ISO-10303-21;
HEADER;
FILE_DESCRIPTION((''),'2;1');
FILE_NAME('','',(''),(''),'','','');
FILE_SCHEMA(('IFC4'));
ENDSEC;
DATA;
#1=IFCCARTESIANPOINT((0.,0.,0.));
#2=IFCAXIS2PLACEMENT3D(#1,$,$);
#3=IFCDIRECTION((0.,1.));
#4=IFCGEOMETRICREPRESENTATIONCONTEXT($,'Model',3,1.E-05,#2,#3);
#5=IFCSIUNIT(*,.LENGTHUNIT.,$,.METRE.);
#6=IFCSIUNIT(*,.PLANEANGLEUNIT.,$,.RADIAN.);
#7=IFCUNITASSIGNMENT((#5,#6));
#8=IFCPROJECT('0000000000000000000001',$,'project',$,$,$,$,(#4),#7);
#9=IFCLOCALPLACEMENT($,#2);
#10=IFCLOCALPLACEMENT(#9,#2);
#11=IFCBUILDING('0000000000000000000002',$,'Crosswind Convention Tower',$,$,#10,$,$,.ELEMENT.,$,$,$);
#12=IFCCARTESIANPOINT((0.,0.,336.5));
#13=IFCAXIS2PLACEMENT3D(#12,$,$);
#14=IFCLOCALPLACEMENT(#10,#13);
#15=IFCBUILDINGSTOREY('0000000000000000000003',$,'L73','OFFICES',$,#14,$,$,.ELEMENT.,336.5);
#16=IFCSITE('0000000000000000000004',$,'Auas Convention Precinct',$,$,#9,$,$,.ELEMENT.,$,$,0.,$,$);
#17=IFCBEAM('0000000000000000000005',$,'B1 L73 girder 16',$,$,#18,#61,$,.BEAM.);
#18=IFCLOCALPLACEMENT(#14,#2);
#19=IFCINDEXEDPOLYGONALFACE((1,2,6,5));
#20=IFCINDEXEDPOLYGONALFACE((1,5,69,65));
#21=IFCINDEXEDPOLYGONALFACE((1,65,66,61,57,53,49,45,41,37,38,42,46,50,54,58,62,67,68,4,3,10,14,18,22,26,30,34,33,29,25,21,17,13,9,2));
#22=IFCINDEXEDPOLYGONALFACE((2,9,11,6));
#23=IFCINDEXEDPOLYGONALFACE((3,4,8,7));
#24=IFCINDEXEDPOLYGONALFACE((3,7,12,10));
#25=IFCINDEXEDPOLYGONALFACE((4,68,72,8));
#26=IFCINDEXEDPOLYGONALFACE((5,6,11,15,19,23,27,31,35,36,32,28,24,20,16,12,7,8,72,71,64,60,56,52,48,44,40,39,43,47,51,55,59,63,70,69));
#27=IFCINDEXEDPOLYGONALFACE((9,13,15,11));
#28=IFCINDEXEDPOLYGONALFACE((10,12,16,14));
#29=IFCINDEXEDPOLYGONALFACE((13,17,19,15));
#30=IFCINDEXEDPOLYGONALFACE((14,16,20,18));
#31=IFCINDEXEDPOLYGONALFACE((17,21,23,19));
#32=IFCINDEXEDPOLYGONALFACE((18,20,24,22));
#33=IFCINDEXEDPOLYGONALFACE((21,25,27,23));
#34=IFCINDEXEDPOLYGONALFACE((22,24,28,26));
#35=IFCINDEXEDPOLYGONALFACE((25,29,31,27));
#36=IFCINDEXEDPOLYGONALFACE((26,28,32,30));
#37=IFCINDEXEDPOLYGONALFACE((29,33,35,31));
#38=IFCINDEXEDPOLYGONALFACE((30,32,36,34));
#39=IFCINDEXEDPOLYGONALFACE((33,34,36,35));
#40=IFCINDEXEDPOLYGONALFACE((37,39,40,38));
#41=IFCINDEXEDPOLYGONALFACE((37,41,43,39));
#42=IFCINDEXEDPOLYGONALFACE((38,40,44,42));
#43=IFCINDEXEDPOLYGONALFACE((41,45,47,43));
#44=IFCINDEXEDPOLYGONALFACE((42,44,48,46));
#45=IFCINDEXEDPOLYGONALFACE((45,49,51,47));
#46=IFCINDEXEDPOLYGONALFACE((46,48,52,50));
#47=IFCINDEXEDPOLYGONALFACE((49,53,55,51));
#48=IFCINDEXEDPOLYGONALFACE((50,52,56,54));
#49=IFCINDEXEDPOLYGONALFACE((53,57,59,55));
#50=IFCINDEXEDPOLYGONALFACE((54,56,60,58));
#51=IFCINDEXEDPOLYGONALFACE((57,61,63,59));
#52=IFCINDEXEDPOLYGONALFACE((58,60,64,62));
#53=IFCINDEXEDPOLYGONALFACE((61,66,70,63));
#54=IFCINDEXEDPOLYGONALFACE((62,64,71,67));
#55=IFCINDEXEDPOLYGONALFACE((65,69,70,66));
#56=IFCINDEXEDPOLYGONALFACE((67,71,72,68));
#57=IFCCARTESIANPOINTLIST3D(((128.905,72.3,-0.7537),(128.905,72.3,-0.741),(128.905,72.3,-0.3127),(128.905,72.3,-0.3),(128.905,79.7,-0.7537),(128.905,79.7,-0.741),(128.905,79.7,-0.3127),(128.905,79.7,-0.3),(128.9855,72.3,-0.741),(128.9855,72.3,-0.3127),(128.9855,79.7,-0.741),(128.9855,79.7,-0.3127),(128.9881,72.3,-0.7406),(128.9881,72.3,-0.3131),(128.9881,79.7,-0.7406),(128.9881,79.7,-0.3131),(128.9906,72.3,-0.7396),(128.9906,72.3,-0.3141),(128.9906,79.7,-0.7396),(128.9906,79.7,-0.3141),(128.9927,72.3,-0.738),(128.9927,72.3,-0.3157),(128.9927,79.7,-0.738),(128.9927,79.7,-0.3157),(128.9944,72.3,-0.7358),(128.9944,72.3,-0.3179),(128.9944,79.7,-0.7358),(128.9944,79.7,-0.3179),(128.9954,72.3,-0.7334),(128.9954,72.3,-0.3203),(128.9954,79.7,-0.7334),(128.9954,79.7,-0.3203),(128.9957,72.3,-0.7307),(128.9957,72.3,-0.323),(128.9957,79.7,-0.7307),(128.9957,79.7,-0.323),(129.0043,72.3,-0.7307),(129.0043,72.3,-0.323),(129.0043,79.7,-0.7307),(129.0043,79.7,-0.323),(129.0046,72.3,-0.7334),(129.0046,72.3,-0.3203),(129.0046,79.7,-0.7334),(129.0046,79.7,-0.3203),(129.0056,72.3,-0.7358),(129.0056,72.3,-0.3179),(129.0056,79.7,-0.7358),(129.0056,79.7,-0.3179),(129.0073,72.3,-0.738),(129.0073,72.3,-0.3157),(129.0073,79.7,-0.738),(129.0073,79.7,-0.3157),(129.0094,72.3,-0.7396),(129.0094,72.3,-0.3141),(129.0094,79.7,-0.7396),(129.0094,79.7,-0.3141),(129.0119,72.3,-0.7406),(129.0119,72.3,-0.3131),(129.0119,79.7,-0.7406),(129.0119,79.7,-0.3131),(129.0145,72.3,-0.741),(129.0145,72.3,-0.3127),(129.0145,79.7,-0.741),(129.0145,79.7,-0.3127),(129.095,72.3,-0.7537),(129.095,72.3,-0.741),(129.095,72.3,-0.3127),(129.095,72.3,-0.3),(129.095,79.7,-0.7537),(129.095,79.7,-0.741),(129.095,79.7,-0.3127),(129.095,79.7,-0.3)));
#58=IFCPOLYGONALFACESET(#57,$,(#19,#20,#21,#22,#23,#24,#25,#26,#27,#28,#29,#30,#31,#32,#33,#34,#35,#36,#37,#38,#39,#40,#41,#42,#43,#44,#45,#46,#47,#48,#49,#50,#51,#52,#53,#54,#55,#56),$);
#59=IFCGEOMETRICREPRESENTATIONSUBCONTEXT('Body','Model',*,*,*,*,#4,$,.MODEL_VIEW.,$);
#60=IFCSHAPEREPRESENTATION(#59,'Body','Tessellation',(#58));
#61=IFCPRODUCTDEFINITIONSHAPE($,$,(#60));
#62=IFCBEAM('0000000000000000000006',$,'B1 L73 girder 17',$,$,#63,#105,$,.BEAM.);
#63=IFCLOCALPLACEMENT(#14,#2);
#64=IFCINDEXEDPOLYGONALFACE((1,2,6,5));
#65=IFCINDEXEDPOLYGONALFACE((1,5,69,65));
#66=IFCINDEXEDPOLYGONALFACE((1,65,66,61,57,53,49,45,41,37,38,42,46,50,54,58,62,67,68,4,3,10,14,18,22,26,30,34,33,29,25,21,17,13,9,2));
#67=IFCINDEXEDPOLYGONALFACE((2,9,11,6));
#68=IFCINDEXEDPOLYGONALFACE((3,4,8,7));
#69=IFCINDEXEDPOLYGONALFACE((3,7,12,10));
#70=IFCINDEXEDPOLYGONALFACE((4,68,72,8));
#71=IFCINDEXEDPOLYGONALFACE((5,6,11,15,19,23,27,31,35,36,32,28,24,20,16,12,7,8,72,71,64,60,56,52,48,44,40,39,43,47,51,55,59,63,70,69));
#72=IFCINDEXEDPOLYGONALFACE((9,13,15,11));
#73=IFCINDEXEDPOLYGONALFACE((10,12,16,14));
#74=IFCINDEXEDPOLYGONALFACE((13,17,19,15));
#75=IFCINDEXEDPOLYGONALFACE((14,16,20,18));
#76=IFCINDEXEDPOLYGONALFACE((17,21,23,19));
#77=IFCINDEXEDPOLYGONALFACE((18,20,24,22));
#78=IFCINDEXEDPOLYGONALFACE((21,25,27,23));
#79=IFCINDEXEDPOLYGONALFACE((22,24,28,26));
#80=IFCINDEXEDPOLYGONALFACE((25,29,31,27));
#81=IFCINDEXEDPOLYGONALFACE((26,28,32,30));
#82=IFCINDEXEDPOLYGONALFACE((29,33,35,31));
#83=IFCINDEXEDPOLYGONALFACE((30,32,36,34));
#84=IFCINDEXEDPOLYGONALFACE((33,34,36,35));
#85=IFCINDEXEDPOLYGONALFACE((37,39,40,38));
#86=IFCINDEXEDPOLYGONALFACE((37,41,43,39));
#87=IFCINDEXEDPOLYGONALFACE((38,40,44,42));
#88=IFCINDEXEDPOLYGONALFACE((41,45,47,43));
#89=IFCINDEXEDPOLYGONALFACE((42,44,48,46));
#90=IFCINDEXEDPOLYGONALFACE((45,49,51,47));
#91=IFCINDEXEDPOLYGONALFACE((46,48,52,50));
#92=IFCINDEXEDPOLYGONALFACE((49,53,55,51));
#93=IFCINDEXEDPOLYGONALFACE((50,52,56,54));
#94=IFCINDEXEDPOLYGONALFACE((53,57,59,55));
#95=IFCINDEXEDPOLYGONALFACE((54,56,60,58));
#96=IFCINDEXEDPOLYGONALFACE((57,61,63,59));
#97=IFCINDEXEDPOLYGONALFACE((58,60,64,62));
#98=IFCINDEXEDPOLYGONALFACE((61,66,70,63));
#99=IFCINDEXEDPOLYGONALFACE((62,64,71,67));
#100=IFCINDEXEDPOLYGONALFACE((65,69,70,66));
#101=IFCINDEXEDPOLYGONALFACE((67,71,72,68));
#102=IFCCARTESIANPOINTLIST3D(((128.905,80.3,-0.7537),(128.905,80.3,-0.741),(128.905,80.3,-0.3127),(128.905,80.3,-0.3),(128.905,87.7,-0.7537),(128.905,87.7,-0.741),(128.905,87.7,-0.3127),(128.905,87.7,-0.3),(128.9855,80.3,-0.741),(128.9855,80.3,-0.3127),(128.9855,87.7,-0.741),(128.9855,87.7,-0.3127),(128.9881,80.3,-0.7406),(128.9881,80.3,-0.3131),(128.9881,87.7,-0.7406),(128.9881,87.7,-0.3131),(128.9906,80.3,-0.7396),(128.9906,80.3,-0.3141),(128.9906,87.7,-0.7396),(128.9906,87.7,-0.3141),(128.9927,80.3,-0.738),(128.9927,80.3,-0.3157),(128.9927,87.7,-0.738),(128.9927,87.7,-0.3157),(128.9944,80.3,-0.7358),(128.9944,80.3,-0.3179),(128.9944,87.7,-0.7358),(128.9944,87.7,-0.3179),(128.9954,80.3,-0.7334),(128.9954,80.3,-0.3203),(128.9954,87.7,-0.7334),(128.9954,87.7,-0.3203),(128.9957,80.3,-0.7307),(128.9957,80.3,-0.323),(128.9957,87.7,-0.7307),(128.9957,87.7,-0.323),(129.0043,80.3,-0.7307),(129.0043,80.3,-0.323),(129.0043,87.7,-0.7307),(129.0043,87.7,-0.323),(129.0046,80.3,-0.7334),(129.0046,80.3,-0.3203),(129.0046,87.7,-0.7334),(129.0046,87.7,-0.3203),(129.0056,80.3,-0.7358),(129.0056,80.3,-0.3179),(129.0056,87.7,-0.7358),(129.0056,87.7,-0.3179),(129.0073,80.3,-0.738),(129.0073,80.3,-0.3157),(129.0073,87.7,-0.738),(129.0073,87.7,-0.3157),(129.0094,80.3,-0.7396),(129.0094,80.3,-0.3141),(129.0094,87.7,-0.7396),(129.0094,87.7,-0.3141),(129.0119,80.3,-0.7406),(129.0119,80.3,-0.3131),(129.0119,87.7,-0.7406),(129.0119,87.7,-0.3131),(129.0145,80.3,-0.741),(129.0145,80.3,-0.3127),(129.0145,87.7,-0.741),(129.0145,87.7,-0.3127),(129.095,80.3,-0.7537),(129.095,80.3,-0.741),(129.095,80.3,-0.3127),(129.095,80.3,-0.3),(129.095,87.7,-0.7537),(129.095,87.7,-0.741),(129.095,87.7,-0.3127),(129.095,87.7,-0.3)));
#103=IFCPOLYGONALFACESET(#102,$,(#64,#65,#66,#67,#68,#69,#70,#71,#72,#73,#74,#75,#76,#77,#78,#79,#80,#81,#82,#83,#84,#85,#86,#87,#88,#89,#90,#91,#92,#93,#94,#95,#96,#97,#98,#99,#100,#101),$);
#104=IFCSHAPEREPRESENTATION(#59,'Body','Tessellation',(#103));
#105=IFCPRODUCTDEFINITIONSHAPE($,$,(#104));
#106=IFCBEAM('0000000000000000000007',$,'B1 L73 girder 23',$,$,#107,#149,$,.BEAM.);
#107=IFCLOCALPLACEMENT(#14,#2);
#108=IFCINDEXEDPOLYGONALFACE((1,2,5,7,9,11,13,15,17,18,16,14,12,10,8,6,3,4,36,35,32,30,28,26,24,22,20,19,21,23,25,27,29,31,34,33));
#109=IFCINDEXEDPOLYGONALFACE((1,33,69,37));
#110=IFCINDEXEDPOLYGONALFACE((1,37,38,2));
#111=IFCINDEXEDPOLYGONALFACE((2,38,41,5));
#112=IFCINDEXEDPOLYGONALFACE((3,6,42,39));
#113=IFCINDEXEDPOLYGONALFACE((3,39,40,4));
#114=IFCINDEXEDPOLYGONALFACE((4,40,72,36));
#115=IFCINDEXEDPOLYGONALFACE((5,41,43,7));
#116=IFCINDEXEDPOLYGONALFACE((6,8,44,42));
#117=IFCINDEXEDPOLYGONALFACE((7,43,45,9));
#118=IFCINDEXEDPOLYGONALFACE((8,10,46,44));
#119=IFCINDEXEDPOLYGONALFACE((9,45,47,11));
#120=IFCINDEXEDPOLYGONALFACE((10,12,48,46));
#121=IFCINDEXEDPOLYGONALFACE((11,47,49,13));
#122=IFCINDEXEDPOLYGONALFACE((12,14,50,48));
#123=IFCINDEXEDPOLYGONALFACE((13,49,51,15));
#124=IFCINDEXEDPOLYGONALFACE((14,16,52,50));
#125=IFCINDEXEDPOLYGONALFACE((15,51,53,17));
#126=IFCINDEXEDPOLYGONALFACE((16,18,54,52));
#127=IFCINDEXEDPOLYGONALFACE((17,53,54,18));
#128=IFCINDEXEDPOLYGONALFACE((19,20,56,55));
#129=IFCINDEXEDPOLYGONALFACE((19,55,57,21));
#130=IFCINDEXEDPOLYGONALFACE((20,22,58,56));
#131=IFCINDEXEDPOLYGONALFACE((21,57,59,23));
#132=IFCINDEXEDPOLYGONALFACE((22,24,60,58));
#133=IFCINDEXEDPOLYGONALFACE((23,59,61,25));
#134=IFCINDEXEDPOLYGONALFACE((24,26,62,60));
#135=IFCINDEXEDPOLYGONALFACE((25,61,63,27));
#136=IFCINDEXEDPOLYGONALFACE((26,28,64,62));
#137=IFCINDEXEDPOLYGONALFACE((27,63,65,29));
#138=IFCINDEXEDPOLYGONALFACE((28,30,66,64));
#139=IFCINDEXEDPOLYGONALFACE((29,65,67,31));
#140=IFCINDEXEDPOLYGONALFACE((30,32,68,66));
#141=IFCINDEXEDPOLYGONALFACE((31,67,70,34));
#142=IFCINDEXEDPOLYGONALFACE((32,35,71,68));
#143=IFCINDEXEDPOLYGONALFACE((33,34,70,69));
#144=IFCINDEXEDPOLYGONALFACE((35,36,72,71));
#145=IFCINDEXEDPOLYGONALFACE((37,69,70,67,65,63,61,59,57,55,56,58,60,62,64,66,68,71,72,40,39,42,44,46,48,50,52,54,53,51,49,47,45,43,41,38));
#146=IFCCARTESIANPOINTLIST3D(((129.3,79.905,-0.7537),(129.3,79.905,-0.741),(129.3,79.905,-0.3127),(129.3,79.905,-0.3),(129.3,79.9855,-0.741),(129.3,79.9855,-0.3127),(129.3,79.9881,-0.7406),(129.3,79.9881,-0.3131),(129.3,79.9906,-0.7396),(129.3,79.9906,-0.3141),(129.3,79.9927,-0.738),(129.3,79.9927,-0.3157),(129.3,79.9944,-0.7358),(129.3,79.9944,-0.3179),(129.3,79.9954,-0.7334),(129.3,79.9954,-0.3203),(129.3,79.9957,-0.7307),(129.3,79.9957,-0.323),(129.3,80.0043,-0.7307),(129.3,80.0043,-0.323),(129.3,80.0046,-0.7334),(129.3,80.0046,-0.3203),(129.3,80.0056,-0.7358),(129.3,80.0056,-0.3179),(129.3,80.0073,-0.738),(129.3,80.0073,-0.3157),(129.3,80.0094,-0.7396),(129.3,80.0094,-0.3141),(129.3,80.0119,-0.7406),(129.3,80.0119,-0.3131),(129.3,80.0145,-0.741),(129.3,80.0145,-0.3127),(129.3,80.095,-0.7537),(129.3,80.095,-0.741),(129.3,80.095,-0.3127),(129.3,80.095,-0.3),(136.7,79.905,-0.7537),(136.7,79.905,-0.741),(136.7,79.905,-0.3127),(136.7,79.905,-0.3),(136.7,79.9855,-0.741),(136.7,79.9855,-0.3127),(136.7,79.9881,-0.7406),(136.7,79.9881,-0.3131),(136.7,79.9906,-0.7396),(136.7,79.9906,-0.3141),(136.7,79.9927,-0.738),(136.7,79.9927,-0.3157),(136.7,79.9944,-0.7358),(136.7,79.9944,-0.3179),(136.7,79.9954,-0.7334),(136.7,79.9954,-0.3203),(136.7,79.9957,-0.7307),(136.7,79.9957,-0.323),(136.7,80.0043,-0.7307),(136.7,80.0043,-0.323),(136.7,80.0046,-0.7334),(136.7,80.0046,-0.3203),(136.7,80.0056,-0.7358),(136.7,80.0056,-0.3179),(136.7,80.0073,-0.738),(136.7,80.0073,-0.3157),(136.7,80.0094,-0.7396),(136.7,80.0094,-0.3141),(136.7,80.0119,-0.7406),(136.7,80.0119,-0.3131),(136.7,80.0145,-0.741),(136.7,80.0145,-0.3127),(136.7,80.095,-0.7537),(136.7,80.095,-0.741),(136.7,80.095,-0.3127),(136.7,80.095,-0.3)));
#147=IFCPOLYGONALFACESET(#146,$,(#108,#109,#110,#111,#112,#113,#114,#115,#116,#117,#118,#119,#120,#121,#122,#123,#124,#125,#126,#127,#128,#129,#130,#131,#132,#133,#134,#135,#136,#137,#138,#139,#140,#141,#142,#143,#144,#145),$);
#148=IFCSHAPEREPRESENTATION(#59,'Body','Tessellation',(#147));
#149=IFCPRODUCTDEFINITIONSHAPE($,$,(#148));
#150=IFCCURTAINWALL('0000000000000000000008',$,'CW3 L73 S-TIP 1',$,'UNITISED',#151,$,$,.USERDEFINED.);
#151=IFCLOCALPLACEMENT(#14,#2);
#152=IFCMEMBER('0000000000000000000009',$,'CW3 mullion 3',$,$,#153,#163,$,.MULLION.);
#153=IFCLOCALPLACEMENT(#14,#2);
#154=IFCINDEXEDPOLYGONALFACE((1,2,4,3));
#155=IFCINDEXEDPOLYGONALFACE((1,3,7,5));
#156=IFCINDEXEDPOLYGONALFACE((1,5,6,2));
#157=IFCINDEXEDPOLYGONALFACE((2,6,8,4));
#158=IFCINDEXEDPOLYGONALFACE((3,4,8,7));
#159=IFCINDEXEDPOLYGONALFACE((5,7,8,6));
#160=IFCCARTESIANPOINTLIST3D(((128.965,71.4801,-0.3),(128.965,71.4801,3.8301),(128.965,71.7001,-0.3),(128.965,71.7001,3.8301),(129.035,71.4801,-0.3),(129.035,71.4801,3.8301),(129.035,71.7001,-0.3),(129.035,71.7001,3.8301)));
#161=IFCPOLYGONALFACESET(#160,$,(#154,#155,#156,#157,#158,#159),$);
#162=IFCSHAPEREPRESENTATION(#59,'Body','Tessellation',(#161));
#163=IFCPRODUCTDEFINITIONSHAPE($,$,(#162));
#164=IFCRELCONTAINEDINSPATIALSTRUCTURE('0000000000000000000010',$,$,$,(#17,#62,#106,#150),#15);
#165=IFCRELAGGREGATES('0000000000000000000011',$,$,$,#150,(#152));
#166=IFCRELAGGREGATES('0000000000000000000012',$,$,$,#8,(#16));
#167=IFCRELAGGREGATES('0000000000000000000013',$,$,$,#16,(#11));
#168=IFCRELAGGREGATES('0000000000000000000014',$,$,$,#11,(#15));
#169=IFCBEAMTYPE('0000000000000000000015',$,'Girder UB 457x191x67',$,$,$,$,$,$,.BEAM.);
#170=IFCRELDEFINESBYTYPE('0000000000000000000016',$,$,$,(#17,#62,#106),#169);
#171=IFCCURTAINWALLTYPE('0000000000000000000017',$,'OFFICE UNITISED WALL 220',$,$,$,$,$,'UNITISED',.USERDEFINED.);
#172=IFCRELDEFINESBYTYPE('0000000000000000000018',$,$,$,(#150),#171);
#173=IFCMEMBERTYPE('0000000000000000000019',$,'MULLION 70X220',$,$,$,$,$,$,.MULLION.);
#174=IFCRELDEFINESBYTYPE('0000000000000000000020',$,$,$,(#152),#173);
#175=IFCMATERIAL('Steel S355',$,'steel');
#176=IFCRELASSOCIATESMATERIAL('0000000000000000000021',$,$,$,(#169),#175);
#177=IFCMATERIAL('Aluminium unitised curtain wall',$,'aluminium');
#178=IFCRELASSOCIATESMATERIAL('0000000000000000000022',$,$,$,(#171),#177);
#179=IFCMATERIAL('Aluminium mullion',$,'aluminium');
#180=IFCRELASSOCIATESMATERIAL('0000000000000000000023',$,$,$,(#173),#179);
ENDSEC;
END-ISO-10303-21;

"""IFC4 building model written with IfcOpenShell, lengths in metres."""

from ifc_helpers import new_model, si_unit, direction, frame, origin, origin_2d, place, context, subcontext, project, spatial, rectangle, i_section, extrude, material, material_profile, profile_set, type_object, element, aggregate, save


model = new_model("IFC4")

# Units and contexts
model_context = context("Model", 3, precision=1e-05, world=origin(), true_north=direction((0.0, 1.0)))
body_context = subcontext(model_context, "Body", "Model", "MODEL_VIEW")
ifc_project = project(units=[si_unit("LENGTHUNIT", "METRE"), si_unit("PLANEANGLEUNIT", "RADIAN")], contexts=[model_context])

# Site, building, storey
site_placement = place(None, origin())
site = spatial("IfcSite", under=ifc_project, at=site_placement, Name="Auas Convention Precinct", CompositionType="ELEMENT", RefElevation=0.0)
building_placement = place(site_placement, origin())
building = spatial("IfcBuilding", under=site, at=building_placement, Name="Crosswind Convention Tower", CompositionType="ELEMENT")
storey_placement = place(building_placement, frame((0.0, 0.0, 336.5)))
storey = spatial("IfcBuildingStorey", under=building, at=storey_placement, Name="L73", Description="OFFICES", CompositionType="ELEMENT", Elevation=336.5)

# Beams
ifc_material_1 = material(Name="Steel S355", Category="steel")
ifc_material_profile_1 = material_profile(ifc_material_1, i_section(OverallWidth=0.1899, OverallDepth=0.4536, WebThickness=0.0085, FlangeThickness=0.0127, FilletRadius=0.0103, at=origin_2d()), Name="UB 457x191x67")
ifc_profile_set_1 = profile_set([ifc_material_profile_1], Name="Steel S355")
beam_type_1 = type_object("IfcBeamType", Name="Girder UB 457x191x67", PredefinedType="BEAM", material=ifc_profile_set_1)
for number, where, z_axis, x_axis, name in (
    (1, (129.0, 72.3, -0.5269), (0.0, 1.0, 0.0), (-1.0, 0.0, 0.0), "B1 L73 girder 16"),
    (2, (129.0, 80.3, -0.5269), (0.0, 1.0, 0.0), (-1.0, 0.0, 0.0), "B1 L73 girder 17"),
    (3, (129.3, 80.0, -0.5269), (1.0, 0.0, 0.0), (0.0, 1.0, 0.0), "B1 L73 girder 23"),
):
    element("IfcBeam", number, at=place(storey_placement, frame(where, z_axis=z_axis, x_axis=x_axis)), inside=storey, type_object=beam_type_1, Name=name, PredefinedType="BEAM", context=body_context, shape_type="SweptSolid", body=[
        extrude(i_section(OverallWidth=0.1899, OverallDepth=0.4536, WebThickness=0.0085, FlangeThickness=0.0127, FilletRadius=0.0103, at=origin_2d()), origin(), (0.0, 0.0, 1.0), 7.3999),
    ])

# Curtain wall, member
ifc_material_2 = material(Name="Aluminium unitised curtain wall", Category="aluminium")
curtain_wall_type = type_object("IfcCurtainWallType", Name="OFFICE UNITISED WALL 220", ElementType="UNITISED", PredefinedType="USERDEFINED", material=ifc_material_2)
curtain_wall_placement = place(storey_placement, origin())
curtain_wall = element("IfcCurtainWall", 4, at=curtain_wall_placement, inside=storey, type_object=curtain_wall_type, Name="CW3 L73 S-TIP 1", ObjectType="UNITISED", PredefinedType="USERDEFINED")
ifc_material_3 = material(Name="Aluminium mullion", Category="aluminium")
ifc_material_profile_2 = material_profile(ifc_material_3, rectangle(XDim=0.22, YDim=0.0701, at=origin_2d()), Name="AL 220X70")
ifc_profile_set_2 = profile_set([ifc_material_profile_2], Name="Aluminium mullion")
member_type = type_object("IfcMemberType", Name="MULLION 70X220", PredefinedType="MULLION", material=ifc_profile_set_2)
member_placement = place(storey_placement, frame((129.0, 71.5901, -0.3), z_axis=(0.0, 0.0, 1.0), x_axis=(0.0, -1.0, 0.0)))
member = element("IfcMember", 5, at=member_placement, type_object=member_type, Name="CW3 mullion 3", PredefinedType="MULLION", context=body_context, shape_type="SweptSolid", body=[
    extrude(rectangle(XDim=0.22, YDim=0.0701, at=origin_2d()), origin(), (0.0, 0.0, 1.0), 4.1301),
])

aggregate(curtain_wall, [member])

save(model, "model.ifc")
